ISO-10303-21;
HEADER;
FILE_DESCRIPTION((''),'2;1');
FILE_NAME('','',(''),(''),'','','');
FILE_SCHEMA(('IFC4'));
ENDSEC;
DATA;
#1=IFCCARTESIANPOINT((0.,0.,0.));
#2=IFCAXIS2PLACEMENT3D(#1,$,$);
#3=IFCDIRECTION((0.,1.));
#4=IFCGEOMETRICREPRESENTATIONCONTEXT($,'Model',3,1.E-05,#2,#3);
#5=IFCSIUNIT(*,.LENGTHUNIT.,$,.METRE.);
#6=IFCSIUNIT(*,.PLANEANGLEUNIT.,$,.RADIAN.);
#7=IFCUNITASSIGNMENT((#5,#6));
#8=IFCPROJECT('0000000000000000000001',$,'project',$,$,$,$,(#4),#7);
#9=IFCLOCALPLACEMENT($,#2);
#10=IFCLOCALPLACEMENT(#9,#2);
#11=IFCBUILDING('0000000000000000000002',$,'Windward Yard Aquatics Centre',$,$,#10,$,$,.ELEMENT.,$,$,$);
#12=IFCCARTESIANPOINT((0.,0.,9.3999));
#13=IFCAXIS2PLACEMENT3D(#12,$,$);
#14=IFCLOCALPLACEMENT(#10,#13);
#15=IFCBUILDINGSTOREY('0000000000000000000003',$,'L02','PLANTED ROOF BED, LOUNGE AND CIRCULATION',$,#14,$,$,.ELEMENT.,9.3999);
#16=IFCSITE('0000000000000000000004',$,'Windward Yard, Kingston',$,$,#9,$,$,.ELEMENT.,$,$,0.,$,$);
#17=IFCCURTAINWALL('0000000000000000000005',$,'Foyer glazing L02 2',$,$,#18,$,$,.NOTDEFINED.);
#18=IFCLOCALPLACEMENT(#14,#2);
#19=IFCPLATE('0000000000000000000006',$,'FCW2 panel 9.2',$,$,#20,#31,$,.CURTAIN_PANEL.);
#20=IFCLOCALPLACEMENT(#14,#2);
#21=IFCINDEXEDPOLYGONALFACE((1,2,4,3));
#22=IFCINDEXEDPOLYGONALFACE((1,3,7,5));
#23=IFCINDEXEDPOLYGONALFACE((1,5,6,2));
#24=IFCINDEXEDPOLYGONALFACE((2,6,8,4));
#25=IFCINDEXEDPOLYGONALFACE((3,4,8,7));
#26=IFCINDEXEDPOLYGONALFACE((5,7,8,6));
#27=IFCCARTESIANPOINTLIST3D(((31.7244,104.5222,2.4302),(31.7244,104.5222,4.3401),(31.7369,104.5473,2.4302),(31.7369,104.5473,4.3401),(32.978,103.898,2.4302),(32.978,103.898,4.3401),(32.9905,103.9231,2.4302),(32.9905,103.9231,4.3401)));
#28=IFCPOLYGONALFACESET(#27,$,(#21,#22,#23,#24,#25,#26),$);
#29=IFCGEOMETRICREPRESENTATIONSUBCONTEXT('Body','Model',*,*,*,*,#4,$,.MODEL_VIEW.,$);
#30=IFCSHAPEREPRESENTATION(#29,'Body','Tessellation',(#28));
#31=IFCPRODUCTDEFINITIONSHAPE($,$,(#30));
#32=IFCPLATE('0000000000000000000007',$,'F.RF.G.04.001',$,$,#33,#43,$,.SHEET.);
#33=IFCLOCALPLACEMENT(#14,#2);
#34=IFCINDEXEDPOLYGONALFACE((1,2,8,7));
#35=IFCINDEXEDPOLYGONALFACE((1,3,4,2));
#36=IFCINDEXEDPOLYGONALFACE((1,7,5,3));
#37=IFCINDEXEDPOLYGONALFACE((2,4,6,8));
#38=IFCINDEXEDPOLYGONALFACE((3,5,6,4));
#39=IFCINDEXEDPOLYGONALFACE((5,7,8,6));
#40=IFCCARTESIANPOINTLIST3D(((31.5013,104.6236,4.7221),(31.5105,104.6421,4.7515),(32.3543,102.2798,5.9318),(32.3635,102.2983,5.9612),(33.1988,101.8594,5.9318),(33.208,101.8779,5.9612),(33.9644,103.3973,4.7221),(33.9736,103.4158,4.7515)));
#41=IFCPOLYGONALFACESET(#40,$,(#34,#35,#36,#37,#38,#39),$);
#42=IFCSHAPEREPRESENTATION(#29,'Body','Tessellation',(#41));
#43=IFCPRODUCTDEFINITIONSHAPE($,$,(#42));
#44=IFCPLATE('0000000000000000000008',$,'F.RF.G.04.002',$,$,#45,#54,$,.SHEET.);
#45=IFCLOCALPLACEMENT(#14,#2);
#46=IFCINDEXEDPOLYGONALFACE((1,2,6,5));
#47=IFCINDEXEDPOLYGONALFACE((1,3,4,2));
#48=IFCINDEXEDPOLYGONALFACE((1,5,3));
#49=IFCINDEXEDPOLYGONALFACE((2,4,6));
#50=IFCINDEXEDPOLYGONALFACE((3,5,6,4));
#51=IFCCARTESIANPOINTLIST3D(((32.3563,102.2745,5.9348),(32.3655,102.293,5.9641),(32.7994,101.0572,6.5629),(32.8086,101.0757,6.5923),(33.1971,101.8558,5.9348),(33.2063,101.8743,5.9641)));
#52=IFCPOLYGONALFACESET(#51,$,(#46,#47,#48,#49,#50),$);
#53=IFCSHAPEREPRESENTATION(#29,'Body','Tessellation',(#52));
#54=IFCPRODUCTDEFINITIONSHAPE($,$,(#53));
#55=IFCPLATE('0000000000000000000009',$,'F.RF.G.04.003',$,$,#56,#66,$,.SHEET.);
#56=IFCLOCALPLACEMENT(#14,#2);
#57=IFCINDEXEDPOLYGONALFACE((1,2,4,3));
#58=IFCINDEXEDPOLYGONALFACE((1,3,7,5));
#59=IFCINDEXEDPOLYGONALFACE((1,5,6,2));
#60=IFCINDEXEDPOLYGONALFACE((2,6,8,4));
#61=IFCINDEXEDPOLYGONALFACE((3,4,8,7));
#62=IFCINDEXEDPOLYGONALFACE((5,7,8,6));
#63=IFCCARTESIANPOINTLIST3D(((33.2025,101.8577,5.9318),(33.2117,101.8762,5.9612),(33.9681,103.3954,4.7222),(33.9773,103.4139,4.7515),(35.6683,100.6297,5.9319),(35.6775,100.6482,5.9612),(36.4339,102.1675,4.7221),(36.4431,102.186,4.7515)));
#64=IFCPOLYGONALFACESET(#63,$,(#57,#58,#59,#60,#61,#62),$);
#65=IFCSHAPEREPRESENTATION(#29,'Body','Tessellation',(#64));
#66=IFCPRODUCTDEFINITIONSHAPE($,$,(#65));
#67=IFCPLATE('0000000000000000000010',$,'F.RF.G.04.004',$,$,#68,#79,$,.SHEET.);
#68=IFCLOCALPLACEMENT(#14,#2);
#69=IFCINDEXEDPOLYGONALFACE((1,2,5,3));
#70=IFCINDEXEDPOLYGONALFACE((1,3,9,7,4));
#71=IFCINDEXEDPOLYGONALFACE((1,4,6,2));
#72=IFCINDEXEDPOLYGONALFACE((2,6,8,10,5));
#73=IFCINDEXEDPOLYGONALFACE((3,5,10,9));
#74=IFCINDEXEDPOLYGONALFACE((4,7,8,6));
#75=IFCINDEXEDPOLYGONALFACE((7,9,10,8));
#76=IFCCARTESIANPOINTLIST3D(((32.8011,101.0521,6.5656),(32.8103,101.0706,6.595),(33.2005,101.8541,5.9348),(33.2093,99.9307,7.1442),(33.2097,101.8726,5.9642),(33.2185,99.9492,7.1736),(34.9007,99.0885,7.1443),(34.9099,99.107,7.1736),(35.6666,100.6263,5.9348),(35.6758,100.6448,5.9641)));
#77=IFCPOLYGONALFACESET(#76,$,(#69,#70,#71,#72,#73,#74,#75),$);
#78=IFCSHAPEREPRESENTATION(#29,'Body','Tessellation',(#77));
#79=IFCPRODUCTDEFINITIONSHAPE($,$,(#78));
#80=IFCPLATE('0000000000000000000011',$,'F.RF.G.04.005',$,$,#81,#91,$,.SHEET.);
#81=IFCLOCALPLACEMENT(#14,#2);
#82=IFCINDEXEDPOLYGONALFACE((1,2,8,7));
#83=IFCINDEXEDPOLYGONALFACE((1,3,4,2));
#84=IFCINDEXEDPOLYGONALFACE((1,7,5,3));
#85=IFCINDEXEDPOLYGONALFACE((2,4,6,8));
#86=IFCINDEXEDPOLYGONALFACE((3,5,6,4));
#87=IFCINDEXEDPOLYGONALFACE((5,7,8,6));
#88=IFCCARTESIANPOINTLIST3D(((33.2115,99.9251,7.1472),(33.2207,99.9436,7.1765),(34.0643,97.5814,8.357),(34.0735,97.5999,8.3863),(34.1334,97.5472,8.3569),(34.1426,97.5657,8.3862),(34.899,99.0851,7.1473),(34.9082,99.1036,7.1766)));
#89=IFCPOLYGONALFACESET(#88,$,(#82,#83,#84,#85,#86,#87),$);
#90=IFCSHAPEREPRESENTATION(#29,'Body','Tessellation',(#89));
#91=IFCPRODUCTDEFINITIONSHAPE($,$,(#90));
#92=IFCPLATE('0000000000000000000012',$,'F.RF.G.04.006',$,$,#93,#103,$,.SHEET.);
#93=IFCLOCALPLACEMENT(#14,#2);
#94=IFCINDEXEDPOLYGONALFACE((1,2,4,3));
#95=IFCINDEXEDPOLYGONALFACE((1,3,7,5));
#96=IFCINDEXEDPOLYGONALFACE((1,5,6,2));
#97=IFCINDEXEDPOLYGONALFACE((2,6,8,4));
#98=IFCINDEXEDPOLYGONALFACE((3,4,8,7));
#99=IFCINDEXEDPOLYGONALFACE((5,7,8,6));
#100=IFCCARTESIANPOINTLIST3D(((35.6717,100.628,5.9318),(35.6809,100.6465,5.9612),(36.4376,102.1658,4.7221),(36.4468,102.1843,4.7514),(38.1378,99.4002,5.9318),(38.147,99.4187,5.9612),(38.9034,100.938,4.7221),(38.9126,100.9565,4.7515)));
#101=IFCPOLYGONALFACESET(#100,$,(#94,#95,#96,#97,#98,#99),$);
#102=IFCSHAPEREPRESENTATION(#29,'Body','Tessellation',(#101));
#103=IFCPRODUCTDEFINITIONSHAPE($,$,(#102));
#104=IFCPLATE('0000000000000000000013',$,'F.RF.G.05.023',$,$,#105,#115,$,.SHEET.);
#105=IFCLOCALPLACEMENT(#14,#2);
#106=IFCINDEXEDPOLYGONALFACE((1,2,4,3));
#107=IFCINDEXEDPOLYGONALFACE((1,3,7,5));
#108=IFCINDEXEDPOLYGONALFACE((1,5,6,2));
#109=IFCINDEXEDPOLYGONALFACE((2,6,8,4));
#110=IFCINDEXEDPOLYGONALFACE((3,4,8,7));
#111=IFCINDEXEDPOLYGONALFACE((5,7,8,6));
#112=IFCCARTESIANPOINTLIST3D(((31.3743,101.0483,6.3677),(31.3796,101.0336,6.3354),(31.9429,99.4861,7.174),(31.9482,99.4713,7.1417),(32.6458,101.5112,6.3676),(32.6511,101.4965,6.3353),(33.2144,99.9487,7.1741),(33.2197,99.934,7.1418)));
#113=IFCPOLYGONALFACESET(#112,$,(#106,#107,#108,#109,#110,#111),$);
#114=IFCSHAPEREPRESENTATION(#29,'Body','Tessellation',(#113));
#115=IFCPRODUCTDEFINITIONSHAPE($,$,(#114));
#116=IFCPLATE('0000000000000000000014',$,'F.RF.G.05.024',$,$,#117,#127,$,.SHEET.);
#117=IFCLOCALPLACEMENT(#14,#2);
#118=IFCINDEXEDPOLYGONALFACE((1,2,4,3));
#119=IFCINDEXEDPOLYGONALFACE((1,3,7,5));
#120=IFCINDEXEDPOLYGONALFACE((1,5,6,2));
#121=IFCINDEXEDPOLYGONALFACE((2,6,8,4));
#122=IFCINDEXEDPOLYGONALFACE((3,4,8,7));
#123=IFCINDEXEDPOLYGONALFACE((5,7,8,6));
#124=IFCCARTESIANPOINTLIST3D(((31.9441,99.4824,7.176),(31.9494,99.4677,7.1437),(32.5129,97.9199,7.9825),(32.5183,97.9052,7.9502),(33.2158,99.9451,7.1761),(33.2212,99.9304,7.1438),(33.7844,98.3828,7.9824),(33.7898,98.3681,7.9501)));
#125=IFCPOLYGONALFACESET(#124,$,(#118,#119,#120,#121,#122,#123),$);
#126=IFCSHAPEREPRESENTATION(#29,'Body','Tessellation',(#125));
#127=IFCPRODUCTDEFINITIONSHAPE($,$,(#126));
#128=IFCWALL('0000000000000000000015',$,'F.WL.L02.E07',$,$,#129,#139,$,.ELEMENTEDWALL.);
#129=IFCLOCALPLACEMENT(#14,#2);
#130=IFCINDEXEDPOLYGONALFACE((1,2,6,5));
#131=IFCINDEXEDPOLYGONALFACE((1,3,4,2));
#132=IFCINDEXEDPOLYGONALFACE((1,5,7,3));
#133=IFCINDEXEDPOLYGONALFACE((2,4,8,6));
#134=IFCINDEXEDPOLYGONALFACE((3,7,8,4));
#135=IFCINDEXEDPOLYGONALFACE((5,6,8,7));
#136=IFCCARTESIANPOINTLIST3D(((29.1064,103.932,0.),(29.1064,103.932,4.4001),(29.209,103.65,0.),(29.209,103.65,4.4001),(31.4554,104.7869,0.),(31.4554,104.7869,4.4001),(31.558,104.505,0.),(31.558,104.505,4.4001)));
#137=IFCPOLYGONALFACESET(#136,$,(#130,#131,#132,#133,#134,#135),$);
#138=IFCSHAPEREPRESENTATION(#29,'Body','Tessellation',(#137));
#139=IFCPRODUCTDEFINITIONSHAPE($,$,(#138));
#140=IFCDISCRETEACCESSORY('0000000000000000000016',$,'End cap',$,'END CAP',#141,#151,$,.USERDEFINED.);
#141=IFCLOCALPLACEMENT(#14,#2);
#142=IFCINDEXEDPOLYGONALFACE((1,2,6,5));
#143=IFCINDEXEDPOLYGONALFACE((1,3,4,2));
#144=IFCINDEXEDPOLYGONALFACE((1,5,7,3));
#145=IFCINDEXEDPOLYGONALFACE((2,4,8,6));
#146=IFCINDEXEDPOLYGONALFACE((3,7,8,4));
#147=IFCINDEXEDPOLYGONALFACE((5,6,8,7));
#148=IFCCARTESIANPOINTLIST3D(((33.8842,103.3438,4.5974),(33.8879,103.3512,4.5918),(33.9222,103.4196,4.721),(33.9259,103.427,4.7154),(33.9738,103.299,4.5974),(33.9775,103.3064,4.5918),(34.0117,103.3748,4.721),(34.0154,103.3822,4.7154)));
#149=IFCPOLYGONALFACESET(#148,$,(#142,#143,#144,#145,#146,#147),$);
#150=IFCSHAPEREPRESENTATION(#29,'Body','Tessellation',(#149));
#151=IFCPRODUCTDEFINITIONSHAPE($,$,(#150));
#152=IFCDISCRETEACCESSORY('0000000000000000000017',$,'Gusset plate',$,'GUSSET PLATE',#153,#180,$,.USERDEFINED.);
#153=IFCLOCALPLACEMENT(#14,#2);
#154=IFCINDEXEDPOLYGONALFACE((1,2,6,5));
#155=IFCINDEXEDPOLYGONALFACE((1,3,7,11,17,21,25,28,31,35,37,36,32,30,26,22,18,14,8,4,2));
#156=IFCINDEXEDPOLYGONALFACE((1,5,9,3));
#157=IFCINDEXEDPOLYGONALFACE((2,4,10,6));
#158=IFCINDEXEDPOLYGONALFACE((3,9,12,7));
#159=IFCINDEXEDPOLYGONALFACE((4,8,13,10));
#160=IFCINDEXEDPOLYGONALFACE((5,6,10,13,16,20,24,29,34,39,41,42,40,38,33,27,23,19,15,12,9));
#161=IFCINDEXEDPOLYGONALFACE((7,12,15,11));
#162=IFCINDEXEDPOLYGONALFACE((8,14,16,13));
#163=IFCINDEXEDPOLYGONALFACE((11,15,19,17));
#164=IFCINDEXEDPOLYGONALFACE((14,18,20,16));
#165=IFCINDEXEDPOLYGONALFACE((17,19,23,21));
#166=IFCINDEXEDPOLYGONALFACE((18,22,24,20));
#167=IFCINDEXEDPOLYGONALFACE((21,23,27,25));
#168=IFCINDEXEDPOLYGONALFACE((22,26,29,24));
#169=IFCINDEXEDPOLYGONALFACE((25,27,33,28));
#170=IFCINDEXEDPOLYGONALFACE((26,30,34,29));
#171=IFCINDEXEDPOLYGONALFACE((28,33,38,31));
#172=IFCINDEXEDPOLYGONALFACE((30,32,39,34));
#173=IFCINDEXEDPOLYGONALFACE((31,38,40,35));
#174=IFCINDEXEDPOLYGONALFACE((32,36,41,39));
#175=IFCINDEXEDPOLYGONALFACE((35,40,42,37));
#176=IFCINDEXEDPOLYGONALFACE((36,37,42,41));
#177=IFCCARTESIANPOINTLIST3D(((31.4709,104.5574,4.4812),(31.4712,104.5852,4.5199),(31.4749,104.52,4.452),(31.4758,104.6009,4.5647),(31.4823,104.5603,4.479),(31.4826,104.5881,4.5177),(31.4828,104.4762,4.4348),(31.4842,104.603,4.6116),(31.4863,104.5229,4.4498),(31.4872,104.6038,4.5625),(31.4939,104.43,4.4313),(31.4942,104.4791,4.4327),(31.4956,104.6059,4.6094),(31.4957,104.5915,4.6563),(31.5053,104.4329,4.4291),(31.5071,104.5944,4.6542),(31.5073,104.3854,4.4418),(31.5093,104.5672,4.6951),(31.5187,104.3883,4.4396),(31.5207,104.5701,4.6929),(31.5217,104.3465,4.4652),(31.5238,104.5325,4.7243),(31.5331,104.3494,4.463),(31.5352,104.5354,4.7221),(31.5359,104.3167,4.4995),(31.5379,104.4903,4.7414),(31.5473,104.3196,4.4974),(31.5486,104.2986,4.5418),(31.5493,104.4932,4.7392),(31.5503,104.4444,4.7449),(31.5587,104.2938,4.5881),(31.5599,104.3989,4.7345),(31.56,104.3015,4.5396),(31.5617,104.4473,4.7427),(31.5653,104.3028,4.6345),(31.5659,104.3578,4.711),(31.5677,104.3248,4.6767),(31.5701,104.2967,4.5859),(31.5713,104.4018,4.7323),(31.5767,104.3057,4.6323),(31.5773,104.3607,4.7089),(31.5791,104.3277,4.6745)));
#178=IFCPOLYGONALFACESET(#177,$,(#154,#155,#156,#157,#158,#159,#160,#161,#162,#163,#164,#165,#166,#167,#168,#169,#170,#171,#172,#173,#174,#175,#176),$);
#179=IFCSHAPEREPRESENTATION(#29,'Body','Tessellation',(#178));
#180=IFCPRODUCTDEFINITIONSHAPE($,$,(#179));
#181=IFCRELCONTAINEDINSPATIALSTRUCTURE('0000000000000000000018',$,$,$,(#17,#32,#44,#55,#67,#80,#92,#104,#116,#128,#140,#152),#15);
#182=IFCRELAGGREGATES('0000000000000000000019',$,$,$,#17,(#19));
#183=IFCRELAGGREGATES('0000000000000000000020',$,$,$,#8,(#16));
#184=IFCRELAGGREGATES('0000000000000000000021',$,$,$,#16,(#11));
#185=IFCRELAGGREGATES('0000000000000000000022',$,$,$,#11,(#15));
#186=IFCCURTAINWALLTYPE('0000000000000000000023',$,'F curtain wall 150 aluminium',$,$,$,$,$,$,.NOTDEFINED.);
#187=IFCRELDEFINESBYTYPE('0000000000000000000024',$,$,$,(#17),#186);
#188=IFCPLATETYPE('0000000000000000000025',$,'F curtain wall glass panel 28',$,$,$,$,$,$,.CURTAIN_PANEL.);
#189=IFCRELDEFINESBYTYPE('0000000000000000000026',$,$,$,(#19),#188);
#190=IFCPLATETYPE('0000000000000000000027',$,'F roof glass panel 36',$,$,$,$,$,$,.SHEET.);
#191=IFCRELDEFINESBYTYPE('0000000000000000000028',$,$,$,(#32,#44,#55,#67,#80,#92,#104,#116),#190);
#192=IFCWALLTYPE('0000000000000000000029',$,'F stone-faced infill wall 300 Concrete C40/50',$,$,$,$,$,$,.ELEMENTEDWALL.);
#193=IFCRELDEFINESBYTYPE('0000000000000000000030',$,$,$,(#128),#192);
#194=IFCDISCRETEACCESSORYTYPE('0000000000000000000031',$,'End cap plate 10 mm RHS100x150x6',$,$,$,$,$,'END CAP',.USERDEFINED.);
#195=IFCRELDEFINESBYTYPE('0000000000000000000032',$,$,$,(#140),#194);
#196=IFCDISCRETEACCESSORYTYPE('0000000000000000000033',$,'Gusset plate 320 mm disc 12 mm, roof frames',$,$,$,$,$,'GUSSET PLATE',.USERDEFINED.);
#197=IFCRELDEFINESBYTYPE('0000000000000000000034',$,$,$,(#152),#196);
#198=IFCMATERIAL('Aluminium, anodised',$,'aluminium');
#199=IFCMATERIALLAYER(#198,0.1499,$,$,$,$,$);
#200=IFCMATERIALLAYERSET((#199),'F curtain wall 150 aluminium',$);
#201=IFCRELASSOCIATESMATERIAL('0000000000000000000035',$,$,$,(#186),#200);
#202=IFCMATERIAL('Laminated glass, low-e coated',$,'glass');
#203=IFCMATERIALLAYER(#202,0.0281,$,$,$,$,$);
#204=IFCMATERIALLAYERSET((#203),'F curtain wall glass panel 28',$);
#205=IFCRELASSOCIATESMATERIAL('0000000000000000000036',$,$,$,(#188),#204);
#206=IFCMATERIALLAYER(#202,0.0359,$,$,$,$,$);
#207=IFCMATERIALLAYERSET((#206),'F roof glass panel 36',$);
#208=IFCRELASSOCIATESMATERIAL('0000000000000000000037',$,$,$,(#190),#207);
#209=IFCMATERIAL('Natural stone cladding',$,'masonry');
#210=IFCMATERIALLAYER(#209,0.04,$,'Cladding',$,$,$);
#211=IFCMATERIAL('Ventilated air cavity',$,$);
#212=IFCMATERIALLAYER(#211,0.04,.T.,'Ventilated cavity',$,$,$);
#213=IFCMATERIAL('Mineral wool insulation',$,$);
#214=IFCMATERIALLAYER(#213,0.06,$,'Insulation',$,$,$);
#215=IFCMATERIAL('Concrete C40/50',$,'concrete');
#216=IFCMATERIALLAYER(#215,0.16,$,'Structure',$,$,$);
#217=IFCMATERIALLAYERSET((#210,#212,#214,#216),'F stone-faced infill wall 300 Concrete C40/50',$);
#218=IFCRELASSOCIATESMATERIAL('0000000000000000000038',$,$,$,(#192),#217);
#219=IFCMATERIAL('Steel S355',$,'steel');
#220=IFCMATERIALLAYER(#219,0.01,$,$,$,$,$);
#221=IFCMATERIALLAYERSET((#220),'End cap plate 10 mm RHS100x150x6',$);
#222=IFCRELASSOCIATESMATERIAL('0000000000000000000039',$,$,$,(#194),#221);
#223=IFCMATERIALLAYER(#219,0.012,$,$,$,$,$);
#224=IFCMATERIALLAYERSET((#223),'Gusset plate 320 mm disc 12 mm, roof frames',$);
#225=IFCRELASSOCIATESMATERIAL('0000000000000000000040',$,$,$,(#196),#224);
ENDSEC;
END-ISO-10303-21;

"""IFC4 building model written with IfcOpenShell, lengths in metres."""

from ifc_helpers import new_model, si_unit, direction, frame, frame_2d, origin, origin_2d, place, context, subcontext, project, spatial, polyline, rectangle, circle, outline, extrude, material, layer, layer_set, type_object, element, aggregate, save


model = new_model("IFC4")

# Units and contexts
model_context = context("Model", 3, precision=1e-05, world=origin(), true_north=direction((0.0, 1.0)))
body_context = subcontext(model_context, "Body", "Model", "MODEL_VIEW")
ifc_project = project(units=[si_unit("LENGTHUNIT", "METRE"), si_unit("PLANEANGLEUNIT", "RADIAN")], contexts=[model_context])

# Site, building, storey
site_placement = place(None, origin())
site = spatial("IfcSite", under=ifc_project, at=site_placement, Name="Windward Yard, Kingston", CompositionType="ELEMENT", RefElevation=0.0)
building_placement = place(site_placement, origin())
building = spatial("IfcBuilding", under=site, at=building_placement, Name="Windward Yard Aquatics Centre", CompositionType="ELEMENT")
storey_placement = place(building_placement, frame((0.0, 0.0, 9.3999)))
storey = spatial("IfcBuildingStorey", under=building, at=storey_placement, Name="L02", Description="PLANTED ROOF BED, LOUNGE AND CIRCULATION", CompositionType="ELEMENT", Elevation=9.3999)

# Shared definitions
ifc_material_1 = material(Name="Steel S355", Category="steel")

# Curtain wall, plate
ifc_material_2 = material(Name="Aluminium, anodised", Category="aluminium")
ifc_layer_1 = layer(ifc_material_2, 0.1499)
ifc_layer_set_1 = layer_set([ifc_layer_1], Name="F curtain wall 150 aluminium")
curtain_wall_type = type_object("IfcCurtainWallType", Name="F curtain wall 150 aluminium", PredefinedType="NOTDEFINED", material=ifc_layer_set_1)
curtain_wall_placement = place(storey_placement, origin())
curtain_wall = element("IfcCurtainWall", 1, at=curtain_wall_placement, inside=storey, type_object=curtain_wall_type, Name="Foyer glazing L02 2", PredefinedType="NOTDEFINED")
ifc_material_3 = material(Name="Laminated glass, low-e coated", Category="glass")
ifc_layer_2 = layer(ifc_material_3, 0.0281)
ifc_layer_set_2 = layer_set([ifc_layer_2], Name="F curtain wall glass panel 28")
plate_type_1 = type_object("IfcPlateType", Name="F curtain wall glass panel 28", PredefinedType="CURTAIN_PANEL", material=ifc_layer_set_2)
plate_1_placement = place(storey_placement, frame((32.3574, 104.2227, 2.4302), z_axis=(0.0, 0.0, 1.0), x_axis=(-0.895179, 0.445707, 0.0)))
plate_1 = element("IfcPlate", 2, at=plate_1_placement, type_object=plate_type_1, Name="FCW2 panel 9.2", PredefinedType="CURTAIN_PANEL", context=body_context, shape_type="SweptSolid", body=[
    extrude(rectangle(XDim=1.4004, YDim=0.0281, at=origin_2d()), origin(), (0.0, 0.0, 1.0), 1.9099),
])
aggregate(curtain_wall, [plate_1])

# Plates
ifc_layer_3 = layer(ifc_material_3, 0.0359)
ifc_layer_set_3 = layer_set([ifc_layer_3], Name="F roof glass panel 36")
plate_type_2 = type_object("IfcPlateType", Name="F roof glass panel 36", PredefinedType="SHEET", material=ifc_layer_set_3)
plate_2_placement = place(storey_placement, frame((31.5105, 104.6421, 4.7515), z_axis=(0.256602, 0.51541, 0.817623), x_axis=(0.89519, -0.445685, 0.000004)))
element("IfcPlate", 3, at=plate_2_placement, inside=storey, type_object=plate_type_2, Name="F.RF.G.04.001", PredefinedType="SHEET", context=body_context, shape_type="SweptSolid", body=[
    extrude(outline(polyline([(0.0, 0.0), (2.7515, 0.0), (2.7515, -2.1011), (1.8082, -2.1011), (0.0, 0.0)])), origin(), (0.0, 0.0, -1.0), 0.0359),
])
plate_3_placement = place(storey_placement, frame((32.3655, 102.293, 5.9641), z_axis=(0.256633, 0.515361, 0.817645), x_axis=(0.895154, -0.445757, 0.0)))
element("IfcPlate", 4, at=plate_3_placement, inside=storey, type_object=plate_type_2, Name="F.RF.G.04.002", PredefinedType="SHEET", context=body_context, shape_type="SweptSolid", body=[
    extrude(outline(polyline([(0.0, 0.0), (0.9393, 0.0), (0.9393, -1.0911), (0.0, 0.0)])), origin(), (0.0, 0.0, -1.0), 0.0359),
])
plate_4_placement = place(storey_placement, frame((33.2117, 101.8762, 5.9612), z_axis=(0.256661, 0.515414, 0.817603), x_axis=(0.364434, 0.731889, -0.575783)))
element("IfcPlate", 5, at=plate_4_placement, inside=storey, type_object=plate_type_2, Name="F.RF.G.04.003", PredefinedType="SHEET", context=body_context, shape_type="SweptSolid", body=[
    extrude(outline(polyline([(0.0, 0.0), (2.1009, 0.0), (2.1009, -2.7546), (-0.0002, -2.7547), (0.0, 0.0)])), origin(), (0.0, 0.0, -1.0), 0.0359),
])
plate_5_placement = place(storey_placement, frame((32.8103, 101.0706, 6.595), z_axis=(0.256598, 0.515332, 0.817674), x_axis=(0.364516, 0.731928, -0.575682)))
element("IfcPlate", 6, at=plate_5_placement, inside=storey, type_object=plate_type_2, Name="F.RF.G.04.004", PredefinedType="SHEET", context=body_context, shape_type="SweptSolid", body=[
    extrude(outline(polyline([(0.0, 0.0), (1.0958, 0.0), (1.096, -2.7548), (-1.005, -2.7548), (-1.005, -0.8653), (0.0, 0.0)])), origin(), (0.0, 0.0, -1.0), 0.0359),
])
plate_6_placement = place(storey_placement, frame((33.2207, 99.9436, 7.1765), z_axis=(0.256522, 0.515409, 0.817649), x_axis=(0.895218, -0.445629, 0.000046)))
element("IfcPlate", 7, at=plate_6_placement, inside=storey, type_object=plate_type_2, Name="F.RF.G.04.005", PredefinedType="SHEET", context=body_context, shape_type="SweptSolid", body=[
    extrude(outline(polyline([(0.0, 0.0), (1.885, 0.0), (1.885, -2.1011), (1.8079, -2.1012), (0.0, 0.0)])), origin(), (0.0, 0.0, -1.0), 0.0359),
])
plate_7_placement = place(storey_placement, frame((35.6809, 100.6465, 5.9612), z_axis=(0.256614, 0.515396, 0.817628), x_axis=(0.364492, 0.731889, -0.575746)))
element("IfcPlate", 8, at=plate_7_placement, inside=storey, type_object=plate_type_2, Name="F.RF.G.04.006", PredefinedType="SHEET", context=body_context, shape_type="SweptSolid", body=[
    extrude(outline(polyline([(0.0, 0.0), (2.1012, 0.0), (2.1013, -2.7546), (0.0003, -2.7548), (0.0, 0.0)])), origin(), (0.0, 0.0, -1.0), 0.0359),
])
plate_8_placement = place(storey_placement, frame((31.3743, 101.0483, 6.3677), z_axis=(-0.149251, 0.410077, 0.899756), x_axis=(0.939672, 0.342076, -0.000033)))
element("IfcPlate", 9, at=plate_8_placement, inside=storey, type_object=plate_type_2, Name="F.RF.G.05.023", PredefinedType="SHEET", context=body_context, shape_type="SweptSolid", body=[
    extrude(outline(polyline([(0.0, 0.0), (1.3531, 0.0), (1.3529, -1.848), (-0.0001, -1.8478), (0.0, 0.0)])), origin(), (0.0, 0.0, -1.0), 0.0359),
])
plate_9_placement = place(storey_placement, frame((31.9441, 99.4824, 7.176), z_axis=(-0.149236, 0.410073, 0.89976), x_axis=(0.939738, 0.341894, 0.000045)))
element("IfcPlate", 10, at=plate_9_placement, inside=storey, type_object=plate_type_2, Name="F.RF.G.05.024", PredefinedType="SHEET", context=body_context, shape_type="SweptSolid", body=[
    extrude(outline(polyline([(0.0, 0.0), (1.3533, 0.0), (1.3535, -1.8478), (0.0004, -1.848), (0.0, 0.0)])), origin(), (0.0, 0.0, -1.0), 0.0359),
])

# Wall
ifc_material_4 = material(Name="Natural stone cladding", Category="masonry")
ifc_layer_4 = layer(ifc_material_4, 0.04, Name="Cladding")
ifc_material_5 = material(Name="Ventilated air cavity")
ifc_layer_5 = layer(ifc_material_5, 0.04, ventilated=True, Name="Ventilated cavity")
ifc_material_6 = material(Name="Mineral wool insulation")
ifc_layer_6 = layer(ifc_material_6, 0.06, Name="Insulation")
ifc_material_7 = material(Name="Concrete C40/50", Category="concrete")
ifc_layer_7 = layer(ifc_material_7, 0.16, Name="Structure")
ifc_layer_set_4 = layer_set([ifc_layer_4, ifc_layer_5, ifc_layer_6, ifc_layer_7], Name="F stone-faced infill wall 300 Concrete C40/50")
wall_type = type_object("IfcWallType", Name="F stone-faced infill wall 300 Concrete C40/50", PredefinedType="ELEMENTEDWALL", material=ifc_layer_set_4)
wall_placement = place(storey_placement, frame((31.5068, 104.646, 0.0), z_axis=(0.0, 0.0, 1.0), x_axis=(-0.939696, -0.34201, 0.0)))
element("IfcWall", 11, at=wall_placement, inside=storey, type_object=wall_type, Name="F.WL.L02.E07", PredefinedType="ELEMENTEDWALL", context=body_context, shape_type="SweptSolid", body=[
    extrude(rectangle(XDim=2.4998, YDim=0.3, at=frame_2d((1.25, 0.0))), origin(), (0.0, 0.0, 1.0), 4.4001),
])

# Discrete accessories
ifc_layer_8 = layer(ifc_material_1, 0.01)
ifc_layer_set_5 = layer_set([ifc_layer_8], Name="End cap plate 10 mm RHS100x150x6")
discrete_accessory_type_1 = type_object("IfcDiscreteAccessoryType", Name="End cap plate 10 mm RHS100x150x6", ElementType="END CAP", PredefinedType="USERDEFINED", material=ifc_layer_set_5)
discrete_accessory_1_placement = place(storey_placement, frame((33.9517, 103.3667, 4.6536), z_axis=(-0.368828, -0.737655, 0.565536), x_axis=(0.894427, -0.447214, 0.0)))
element("IfcDiscreteAccessory", 12, at=discrete_accessory_1_placement, inside=storey, type_object=discrete_accessory_type_1, Name="End cap", ObjectType="END CAP", PredefinedType="USERDEFINED", context=body_context, shape_type="SweptSolid", body=[
    extrude(rectangle(XDim=0.1001, YDim=0.1499, at=origin_2d()), origin(), (0.0, 0.0, 1.0), 0.01),
])
ifc_layer_9 = layer(ifc_material_1, 0.012)
ifc_layer_set_6 = layer_set([ifc_layer_9], Name="Gusset plate 320 mm disc 12 mm, roof frames")
discrete_accessory_type_2 = type_object("IfcDiscreteAccessoryType", Name="Gusset plate 320 mm disc 12 mm, roof frames", ElementType="GUSSET PLATE", PredefinedType="USERDEFINED", material=ifc_layer_set_6)
discrete_accessory_2_placement = place(storey_placement, frame((31.5305, 104.4517, 4.5859), z_axis=(-0.952659, -0.243232, 0.182424), x_axis=(0.247383, -0.968918, 0.0)))
element("IfcDiscreteAccessory", 13, at=discrete_accessory_2_placement, inside=storey, type_object=discrete_accessory_type_2, Name="Gusset plate", ObjectType="GUSSET PLATE", PredefinedType="USERDEFINED", context=body_context, shape_type="SweptSolid", body=[
    extrude(circle(Radius=0.1599, at=origin_2d()), origin(), (0.0, 0.0, 1.0), 0.012),
])

save(model, "model.ifc")
